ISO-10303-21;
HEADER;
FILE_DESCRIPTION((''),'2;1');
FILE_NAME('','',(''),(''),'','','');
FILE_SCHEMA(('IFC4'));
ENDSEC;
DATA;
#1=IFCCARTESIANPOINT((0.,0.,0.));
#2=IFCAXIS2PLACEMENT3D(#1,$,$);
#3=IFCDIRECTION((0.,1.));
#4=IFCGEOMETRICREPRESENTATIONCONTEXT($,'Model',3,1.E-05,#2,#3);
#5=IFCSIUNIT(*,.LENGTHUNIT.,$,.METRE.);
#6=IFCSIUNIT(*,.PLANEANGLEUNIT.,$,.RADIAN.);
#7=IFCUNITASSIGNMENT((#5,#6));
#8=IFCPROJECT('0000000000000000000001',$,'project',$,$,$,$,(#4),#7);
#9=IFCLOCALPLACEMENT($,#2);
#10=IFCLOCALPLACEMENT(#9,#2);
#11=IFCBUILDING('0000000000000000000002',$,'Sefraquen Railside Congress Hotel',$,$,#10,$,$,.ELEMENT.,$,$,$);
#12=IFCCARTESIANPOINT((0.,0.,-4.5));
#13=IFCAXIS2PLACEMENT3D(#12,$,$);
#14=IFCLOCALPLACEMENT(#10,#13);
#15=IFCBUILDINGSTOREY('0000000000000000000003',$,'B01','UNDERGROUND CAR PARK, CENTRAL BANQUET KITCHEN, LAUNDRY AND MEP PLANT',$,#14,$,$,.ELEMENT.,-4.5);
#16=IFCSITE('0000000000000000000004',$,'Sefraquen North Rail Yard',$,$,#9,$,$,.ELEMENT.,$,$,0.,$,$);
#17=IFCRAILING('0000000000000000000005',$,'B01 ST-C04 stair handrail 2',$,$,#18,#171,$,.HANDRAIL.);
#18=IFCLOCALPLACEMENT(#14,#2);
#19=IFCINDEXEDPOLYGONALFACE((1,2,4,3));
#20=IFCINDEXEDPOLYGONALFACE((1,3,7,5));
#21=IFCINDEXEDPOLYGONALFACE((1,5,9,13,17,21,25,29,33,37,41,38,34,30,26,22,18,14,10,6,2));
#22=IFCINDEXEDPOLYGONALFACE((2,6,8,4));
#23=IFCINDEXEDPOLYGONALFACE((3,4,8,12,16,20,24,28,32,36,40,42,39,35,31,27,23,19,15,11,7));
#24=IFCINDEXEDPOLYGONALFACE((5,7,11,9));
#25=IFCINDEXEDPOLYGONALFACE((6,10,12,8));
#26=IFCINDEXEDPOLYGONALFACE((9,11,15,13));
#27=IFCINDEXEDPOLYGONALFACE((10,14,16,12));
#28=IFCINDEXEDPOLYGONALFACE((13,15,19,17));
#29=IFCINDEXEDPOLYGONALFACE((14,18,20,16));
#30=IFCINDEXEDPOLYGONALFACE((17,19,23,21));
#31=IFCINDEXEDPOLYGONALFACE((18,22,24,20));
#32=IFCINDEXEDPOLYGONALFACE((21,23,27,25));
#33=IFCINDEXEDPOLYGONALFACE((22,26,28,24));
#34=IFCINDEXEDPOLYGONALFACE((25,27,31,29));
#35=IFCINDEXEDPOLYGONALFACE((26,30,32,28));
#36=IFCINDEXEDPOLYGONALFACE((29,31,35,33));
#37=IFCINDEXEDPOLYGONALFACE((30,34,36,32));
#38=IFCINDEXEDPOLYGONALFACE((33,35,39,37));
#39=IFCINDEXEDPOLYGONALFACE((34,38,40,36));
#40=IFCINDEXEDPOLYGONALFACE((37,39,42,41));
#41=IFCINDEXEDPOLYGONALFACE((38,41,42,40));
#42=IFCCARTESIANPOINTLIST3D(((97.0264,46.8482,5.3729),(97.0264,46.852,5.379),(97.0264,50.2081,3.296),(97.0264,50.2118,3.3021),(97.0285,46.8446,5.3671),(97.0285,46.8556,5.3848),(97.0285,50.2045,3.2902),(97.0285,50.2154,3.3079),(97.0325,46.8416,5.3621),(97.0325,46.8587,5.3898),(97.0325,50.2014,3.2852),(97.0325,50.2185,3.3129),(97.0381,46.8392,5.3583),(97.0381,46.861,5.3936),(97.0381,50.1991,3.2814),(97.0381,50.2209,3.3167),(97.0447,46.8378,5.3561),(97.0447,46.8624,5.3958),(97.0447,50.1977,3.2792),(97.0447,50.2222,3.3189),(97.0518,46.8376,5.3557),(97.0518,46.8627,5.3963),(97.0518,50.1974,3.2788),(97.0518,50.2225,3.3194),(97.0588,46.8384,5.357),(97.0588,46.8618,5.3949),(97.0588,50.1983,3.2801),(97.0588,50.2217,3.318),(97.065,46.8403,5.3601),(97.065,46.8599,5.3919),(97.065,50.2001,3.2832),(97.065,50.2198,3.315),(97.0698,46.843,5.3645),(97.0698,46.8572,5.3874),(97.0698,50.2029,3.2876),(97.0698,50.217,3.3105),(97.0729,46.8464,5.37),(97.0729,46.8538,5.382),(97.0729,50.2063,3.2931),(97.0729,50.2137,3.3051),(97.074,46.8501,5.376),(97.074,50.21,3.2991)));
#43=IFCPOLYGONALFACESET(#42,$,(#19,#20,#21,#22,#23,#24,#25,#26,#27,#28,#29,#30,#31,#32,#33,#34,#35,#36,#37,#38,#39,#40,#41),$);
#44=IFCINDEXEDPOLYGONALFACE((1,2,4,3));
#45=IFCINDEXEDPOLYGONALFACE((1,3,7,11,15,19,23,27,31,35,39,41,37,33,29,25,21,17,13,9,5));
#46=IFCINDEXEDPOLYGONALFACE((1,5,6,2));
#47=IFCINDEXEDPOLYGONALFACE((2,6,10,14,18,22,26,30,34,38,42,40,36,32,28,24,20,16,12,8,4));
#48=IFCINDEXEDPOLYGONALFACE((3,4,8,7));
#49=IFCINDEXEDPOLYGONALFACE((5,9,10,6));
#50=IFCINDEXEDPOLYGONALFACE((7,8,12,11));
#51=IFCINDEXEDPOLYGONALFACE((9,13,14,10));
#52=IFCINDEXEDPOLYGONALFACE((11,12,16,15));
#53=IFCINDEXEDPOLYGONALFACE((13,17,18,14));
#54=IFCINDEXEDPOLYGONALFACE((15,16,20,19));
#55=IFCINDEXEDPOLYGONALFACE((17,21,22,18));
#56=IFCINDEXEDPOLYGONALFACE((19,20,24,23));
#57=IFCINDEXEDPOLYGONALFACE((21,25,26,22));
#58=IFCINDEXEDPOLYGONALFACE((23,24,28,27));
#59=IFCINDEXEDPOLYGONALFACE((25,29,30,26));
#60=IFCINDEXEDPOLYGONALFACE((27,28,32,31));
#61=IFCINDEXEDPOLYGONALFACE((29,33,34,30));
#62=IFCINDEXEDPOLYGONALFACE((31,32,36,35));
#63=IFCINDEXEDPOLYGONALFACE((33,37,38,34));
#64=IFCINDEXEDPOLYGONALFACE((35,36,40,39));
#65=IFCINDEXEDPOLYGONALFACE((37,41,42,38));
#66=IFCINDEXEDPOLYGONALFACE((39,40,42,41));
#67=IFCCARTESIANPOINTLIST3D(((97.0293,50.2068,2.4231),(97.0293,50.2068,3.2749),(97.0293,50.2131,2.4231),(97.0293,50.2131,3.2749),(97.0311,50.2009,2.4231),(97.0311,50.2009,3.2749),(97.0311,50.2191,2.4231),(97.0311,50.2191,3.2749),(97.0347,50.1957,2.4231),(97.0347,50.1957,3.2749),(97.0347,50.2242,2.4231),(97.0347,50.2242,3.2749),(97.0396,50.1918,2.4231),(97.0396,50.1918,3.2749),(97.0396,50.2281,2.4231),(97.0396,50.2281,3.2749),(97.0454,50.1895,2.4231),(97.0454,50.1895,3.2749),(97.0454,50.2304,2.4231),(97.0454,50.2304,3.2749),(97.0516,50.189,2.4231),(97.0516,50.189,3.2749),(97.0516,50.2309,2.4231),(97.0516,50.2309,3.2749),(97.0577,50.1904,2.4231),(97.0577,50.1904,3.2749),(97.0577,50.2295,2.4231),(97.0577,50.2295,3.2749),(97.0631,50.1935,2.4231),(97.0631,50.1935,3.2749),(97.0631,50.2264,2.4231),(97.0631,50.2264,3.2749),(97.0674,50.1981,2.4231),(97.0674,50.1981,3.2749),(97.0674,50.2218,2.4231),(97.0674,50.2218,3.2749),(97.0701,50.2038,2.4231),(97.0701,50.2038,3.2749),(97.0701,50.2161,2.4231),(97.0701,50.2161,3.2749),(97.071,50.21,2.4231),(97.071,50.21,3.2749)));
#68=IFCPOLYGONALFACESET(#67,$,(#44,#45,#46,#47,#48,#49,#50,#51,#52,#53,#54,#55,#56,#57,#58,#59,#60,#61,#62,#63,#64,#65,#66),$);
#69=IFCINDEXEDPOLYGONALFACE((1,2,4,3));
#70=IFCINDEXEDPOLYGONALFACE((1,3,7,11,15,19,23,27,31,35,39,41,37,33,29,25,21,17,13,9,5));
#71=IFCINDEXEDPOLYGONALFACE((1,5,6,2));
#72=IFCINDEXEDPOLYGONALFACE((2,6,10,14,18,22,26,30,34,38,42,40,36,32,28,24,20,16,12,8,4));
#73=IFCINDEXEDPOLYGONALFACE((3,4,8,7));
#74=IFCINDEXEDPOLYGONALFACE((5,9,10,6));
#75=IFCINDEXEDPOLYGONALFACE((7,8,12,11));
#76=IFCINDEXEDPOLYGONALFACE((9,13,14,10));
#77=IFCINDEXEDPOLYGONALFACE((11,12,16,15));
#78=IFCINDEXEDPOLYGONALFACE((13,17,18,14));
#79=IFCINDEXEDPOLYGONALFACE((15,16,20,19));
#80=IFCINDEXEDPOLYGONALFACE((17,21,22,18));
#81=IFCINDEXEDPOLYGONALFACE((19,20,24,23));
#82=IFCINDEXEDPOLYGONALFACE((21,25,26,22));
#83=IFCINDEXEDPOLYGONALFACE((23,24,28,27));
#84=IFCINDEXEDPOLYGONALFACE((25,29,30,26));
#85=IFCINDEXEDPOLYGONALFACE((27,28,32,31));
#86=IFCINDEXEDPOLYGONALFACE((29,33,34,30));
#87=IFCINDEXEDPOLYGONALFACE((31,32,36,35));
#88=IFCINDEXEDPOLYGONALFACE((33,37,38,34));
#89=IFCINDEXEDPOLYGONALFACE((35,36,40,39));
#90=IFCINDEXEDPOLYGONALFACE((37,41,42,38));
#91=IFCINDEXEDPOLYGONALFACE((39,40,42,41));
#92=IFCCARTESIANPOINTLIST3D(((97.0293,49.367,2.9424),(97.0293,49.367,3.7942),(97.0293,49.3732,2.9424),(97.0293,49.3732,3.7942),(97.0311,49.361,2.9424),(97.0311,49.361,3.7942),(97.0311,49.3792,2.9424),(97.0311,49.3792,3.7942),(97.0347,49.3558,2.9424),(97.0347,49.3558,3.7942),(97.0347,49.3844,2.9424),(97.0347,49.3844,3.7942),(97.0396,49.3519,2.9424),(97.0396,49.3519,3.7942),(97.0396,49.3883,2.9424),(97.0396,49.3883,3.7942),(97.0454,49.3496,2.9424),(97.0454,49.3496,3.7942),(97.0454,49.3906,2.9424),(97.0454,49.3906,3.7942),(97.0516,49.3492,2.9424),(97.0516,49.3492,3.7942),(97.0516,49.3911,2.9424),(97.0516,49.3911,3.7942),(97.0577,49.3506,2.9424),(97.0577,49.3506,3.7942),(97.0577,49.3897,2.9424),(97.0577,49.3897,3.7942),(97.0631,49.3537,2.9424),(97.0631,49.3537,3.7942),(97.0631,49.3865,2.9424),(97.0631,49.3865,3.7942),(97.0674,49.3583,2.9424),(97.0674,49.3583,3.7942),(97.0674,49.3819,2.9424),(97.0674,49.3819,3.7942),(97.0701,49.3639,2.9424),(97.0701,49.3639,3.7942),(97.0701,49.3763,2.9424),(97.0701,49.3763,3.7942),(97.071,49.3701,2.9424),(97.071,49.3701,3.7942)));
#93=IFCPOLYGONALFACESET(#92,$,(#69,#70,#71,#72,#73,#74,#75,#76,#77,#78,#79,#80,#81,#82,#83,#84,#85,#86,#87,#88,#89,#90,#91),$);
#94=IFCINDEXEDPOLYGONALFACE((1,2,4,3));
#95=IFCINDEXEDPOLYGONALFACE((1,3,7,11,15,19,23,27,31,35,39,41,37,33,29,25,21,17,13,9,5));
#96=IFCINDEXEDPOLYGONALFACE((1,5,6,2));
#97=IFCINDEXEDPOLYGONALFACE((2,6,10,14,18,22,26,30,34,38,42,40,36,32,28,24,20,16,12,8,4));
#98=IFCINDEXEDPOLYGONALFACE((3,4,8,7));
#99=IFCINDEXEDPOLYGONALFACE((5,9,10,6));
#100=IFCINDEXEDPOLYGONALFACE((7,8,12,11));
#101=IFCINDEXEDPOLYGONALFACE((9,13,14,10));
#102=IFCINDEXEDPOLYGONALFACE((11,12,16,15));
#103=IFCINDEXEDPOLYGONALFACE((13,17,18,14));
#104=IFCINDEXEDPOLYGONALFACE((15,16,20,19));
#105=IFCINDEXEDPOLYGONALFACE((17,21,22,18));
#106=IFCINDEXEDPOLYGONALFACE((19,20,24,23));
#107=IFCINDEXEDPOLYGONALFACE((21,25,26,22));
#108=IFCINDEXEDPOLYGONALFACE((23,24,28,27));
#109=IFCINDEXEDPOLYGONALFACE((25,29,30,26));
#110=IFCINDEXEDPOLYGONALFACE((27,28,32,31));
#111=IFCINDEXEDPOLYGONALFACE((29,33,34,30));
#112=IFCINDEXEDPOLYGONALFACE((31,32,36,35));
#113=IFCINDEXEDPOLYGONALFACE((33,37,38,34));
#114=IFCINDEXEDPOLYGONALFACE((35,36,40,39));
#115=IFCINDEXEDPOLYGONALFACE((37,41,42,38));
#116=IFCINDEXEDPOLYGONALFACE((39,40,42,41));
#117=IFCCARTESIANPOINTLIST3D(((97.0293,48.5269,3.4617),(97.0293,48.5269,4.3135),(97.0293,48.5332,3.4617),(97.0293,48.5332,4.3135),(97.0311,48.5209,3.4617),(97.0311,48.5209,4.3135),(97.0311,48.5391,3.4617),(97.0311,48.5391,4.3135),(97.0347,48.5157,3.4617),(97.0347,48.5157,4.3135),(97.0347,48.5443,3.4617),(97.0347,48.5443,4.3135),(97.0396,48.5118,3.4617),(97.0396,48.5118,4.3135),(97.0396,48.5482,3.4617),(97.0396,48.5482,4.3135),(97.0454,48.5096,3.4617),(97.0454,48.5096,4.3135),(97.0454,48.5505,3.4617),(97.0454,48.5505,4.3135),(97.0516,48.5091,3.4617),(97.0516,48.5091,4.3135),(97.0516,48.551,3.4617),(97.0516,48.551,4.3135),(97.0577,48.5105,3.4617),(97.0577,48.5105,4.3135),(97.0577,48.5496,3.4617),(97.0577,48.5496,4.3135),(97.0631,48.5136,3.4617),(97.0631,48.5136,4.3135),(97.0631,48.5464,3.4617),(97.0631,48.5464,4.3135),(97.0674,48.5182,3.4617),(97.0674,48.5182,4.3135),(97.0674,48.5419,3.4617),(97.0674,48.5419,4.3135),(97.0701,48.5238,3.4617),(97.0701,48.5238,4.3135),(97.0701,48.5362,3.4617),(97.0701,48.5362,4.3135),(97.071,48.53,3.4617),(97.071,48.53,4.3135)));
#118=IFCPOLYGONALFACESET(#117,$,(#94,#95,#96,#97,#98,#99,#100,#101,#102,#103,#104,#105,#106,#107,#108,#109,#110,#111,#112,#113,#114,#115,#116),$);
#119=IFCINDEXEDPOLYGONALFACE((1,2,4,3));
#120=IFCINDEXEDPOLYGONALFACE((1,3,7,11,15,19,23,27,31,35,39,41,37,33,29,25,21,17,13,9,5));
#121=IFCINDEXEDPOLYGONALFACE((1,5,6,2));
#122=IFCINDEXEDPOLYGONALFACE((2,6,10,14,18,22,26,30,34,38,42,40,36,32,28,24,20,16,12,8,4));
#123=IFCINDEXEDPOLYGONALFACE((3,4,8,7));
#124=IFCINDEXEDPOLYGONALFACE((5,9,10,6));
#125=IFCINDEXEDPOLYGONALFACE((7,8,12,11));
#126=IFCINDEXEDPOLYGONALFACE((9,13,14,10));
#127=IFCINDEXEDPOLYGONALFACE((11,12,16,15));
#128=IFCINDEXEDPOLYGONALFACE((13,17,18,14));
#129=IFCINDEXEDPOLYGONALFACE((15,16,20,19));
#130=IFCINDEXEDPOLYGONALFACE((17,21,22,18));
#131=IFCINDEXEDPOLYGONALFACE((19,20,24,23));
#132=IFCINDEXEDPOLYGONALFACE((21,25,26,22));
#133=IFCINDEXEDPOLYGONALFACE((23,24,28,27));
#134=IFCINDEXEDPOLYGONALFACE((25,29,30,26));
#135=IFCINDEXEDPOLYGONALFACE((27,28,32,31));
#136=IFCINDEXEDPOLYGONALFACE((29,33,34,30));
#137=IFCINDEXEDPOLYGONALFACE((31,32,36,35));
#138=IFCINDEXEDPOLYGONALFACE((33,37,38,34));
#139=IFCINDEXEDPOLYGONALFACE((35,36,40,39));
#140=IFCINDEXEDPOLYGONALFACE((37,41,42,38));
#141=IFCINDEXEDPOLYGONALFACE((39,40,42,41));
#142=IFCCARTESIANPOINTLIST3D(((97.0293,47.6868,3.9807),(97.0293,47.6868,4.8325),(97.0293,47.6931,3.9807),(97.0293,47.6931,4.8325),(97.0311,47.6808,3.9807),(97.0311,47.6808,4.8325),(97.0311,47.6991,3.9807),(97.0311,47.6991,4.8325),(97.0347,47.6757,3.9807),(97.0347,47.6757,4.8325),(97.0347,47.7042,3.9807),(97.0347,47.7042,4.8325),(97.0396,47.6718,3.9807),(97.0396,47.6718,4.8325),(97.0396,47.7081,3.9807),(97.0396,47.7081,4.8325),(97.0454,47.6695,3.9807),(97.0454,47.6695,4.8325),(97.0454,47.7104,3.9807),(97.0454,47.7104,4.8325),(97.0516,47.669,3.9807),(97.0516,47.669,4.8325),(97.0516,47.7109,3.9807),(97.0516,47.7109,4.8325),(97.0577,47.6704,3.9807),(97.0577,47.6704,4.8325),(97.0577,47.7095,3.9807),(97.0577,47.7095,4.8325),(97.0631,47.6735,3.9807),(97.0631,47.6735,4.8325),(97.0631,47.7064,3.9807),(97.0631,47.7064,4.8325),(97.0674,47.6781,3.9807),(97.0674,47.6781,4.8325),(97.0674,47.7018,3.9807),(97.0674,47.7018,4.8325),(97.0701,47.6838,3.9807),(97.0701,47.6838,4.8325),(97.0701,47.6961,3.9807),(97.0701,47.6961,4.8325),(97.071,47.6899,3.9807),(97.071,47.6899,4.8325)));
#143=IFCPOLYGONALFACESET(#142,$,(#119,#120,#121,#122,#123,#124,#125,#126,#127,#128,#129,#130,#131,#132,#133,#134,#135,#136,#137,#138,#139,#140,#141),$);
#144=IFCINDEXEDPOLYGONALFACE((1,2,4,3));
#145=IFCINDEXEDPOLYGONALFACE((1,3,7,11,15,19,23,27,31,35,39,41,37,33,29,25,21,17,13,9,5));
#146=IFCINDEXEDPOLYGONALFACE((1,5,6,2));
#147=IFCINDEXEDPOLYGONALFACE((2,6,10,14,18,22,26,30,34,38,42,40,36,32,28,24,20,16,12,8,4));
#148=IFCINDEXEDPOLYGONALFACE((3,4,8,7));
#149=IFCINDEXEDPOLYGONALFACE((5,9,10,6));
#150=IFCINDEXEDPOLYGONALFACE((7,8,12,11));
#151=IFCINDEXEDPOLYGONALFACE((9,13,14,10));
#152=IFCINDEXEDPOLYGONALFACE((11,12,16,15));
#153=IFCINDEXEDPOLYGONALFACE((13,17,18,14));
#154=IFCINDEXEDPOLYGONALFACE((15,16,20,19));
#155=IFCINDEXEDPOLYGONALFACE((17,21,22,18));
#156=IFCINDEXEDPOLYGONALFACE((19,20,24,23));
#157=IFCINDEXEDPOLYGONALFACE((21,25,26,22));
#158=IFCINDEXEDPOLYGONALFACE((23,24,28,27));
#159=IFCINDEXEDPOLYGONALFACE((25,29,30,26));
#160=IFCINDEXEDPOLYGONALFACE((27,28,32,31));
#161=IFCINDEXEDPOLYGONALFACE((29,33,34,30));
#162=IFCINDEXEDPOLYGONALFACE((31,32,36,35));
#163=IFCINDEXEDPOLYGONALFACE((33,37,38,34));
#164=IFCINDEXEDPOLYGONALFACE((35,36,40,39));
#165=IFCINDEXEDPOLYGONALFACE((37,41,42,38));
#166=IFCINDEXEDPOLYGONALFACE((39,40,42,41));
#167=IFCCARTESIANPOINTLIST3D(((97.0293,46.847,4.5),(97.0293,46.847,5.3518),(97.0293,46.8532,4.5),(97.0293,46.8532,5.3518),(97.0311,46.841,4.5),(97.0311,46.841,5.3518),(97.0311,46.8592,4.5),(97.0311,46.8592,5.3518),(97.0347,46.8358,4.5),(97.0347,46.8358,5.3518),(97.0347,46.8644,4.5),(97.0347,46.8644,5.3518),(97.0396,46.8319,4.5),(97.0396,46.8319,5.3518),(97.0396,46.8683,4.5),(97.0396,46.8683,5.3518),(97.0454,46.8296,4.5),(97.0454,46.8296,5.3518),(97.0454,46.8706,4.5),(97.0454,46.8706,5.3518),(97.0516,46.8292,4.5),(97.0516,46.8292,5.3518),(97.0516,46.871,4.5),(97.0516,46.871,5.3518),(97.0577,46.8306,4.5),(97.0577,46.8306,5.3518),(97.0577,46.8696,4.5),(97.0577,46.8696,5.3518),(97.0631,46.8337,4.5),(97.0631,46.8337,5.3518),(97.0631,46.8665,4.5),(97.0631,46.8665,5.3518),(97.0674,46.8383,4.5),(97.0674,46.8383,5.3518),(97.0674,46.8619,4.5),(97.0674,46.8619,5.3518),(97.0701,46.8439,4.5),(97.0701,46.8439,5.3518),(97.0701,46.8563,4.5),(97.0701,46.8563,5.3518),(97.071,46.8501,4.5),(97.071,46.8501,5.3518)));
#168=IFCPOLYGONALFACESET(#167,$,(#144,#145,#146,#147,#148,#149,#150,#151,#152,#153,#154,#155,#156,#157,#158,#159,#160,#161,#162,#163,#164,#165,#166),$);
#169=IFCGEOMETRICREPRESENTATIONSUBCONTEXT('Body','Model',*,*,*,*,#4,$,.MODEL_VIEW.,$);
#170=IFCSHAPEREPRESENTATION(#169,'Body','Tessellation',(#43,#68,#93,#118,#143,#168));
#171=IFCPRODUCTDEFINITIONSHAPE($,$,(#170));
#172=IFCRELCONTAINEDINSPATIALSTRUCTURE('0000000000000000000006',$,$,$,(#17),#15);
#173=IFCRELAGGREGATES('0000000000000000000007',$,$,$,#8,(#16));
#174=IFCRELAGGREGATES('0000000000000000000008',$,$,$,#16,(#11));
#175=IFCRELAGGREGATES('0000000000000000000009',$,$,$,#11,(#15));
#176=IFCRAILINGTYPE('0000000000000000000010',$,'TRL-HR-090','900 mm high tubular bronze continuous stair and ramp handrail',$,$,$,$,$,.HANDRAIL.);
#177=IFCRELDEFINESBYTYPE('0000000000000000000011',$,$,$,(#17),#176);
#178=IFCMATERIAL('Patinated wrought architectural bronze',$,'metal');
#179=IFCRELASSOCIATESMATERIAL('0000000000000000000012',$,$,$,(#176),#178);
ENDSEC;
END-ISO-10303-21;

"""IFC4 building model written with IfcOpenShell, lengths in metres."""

from ifc_helpers import new_model, si_unit, direction, frame, origin, origin_2d, place, context, subcontext, project, spatial, circle, extrude, material, type_object, element, save


model = new_model("IFC4")

# Units and contexts
model_context = context("Model", 3, precision=1e-05, world=origin(), true_north=direction((0.0, 1.0)))
body_context = subcontext(model_context, "Body", "Model", "MODEL_VIEW")
ifc_project = project(units=[si_unit("LENGTHUNIT", "METRE"), si_unit("PLANEANGLEUNIT", "RADIAN")], contexts=[model_context])

# Site, building, storey
site_placement = place(None, origin())
site = spatial("IfcSite", under=ifc_project, at=site_placement, Name="Sefraquen North Rail Yard", CompositionType="ELEMENT", RefElevation=0.0)
building_placement = place(site_placement, origin())
building = spatial("IfcBuilding", under=site, at=building_placement, Name="Sefraquen Railside Congress Hotel", CompositionType="ELEMENT")
storey_placement = place(building_placement, frame((0.0, 0.0, -4.5)))
storey = spatial("IfcBuildingStorey", under=building, at=storey_placement, Name="B01", Description="UNDERGROUND CAR PARK, CENTRAL BANQUET KITCHEN, LAUNDRY AND MEP PLANT", CompositionType="ELEMENT", Elevation=-4.5)

# Railing
ifc_material_1 = material(Name="Patinated wrought architectural bronze", Category="metal")
railing_type_1 = type_object("IfcRailingType", Name="TRL-HR-090", Description="900 mm high tubular bronze continuous stair and ramp handrail", PredefinedType="HANDRAIL", material=ifc_material_1)
railing_1_placement = place(storey_placement, frame((97.05, 50.21, 2.4231)))
element("IfcRailing", 1, at=railing_1_placement, inside=storey, type_object=railing_type_1, Name="B01 ST-C04 stair handrail 2", PredefinedType="HANDRAIL", context=body_context, shape_type="SweptSolid", body=[
    extrude(circle(Radius=0.0239, at=origin_2d()), frame((0.0, 0.0, 0.876), z_axis=(0.0, -0.850606, 0.525803), x_axis=(1.0, 0.0, 0.0)), (0.0, 0.0, 1.0), 3.95),
    extrude(circle(Radius=0.021, at=origin_2d()), origin(), (0.0, 0.0, 1.0), 0.8518),
    extrude(circle(Radius=0.021, at=origin_2d()), frame((0.0, -0.8398, 0.5193)), (0.0, 0.0, 1.0), 0.8518),
    extrude(circle(Radius=0.021, at=origin_2d()), frame((0.0, -1.6799, 1.0386)), (0.0, 0.0, 1.0), 0.8518),
    extrude(circle(Radius=0.021, at=origin_2d()), frame((0.0, -2.52, 1.5576)), (0.0, 0.0, 1.0), 0.8518),
    extrude(circle(Radius=0.021, at=origin_2d()), frame((0.0, -3.3599, 2.0769)), (0.0, 0.0, 1.0), 0.8518),
])

save(model, "model.ifc")
